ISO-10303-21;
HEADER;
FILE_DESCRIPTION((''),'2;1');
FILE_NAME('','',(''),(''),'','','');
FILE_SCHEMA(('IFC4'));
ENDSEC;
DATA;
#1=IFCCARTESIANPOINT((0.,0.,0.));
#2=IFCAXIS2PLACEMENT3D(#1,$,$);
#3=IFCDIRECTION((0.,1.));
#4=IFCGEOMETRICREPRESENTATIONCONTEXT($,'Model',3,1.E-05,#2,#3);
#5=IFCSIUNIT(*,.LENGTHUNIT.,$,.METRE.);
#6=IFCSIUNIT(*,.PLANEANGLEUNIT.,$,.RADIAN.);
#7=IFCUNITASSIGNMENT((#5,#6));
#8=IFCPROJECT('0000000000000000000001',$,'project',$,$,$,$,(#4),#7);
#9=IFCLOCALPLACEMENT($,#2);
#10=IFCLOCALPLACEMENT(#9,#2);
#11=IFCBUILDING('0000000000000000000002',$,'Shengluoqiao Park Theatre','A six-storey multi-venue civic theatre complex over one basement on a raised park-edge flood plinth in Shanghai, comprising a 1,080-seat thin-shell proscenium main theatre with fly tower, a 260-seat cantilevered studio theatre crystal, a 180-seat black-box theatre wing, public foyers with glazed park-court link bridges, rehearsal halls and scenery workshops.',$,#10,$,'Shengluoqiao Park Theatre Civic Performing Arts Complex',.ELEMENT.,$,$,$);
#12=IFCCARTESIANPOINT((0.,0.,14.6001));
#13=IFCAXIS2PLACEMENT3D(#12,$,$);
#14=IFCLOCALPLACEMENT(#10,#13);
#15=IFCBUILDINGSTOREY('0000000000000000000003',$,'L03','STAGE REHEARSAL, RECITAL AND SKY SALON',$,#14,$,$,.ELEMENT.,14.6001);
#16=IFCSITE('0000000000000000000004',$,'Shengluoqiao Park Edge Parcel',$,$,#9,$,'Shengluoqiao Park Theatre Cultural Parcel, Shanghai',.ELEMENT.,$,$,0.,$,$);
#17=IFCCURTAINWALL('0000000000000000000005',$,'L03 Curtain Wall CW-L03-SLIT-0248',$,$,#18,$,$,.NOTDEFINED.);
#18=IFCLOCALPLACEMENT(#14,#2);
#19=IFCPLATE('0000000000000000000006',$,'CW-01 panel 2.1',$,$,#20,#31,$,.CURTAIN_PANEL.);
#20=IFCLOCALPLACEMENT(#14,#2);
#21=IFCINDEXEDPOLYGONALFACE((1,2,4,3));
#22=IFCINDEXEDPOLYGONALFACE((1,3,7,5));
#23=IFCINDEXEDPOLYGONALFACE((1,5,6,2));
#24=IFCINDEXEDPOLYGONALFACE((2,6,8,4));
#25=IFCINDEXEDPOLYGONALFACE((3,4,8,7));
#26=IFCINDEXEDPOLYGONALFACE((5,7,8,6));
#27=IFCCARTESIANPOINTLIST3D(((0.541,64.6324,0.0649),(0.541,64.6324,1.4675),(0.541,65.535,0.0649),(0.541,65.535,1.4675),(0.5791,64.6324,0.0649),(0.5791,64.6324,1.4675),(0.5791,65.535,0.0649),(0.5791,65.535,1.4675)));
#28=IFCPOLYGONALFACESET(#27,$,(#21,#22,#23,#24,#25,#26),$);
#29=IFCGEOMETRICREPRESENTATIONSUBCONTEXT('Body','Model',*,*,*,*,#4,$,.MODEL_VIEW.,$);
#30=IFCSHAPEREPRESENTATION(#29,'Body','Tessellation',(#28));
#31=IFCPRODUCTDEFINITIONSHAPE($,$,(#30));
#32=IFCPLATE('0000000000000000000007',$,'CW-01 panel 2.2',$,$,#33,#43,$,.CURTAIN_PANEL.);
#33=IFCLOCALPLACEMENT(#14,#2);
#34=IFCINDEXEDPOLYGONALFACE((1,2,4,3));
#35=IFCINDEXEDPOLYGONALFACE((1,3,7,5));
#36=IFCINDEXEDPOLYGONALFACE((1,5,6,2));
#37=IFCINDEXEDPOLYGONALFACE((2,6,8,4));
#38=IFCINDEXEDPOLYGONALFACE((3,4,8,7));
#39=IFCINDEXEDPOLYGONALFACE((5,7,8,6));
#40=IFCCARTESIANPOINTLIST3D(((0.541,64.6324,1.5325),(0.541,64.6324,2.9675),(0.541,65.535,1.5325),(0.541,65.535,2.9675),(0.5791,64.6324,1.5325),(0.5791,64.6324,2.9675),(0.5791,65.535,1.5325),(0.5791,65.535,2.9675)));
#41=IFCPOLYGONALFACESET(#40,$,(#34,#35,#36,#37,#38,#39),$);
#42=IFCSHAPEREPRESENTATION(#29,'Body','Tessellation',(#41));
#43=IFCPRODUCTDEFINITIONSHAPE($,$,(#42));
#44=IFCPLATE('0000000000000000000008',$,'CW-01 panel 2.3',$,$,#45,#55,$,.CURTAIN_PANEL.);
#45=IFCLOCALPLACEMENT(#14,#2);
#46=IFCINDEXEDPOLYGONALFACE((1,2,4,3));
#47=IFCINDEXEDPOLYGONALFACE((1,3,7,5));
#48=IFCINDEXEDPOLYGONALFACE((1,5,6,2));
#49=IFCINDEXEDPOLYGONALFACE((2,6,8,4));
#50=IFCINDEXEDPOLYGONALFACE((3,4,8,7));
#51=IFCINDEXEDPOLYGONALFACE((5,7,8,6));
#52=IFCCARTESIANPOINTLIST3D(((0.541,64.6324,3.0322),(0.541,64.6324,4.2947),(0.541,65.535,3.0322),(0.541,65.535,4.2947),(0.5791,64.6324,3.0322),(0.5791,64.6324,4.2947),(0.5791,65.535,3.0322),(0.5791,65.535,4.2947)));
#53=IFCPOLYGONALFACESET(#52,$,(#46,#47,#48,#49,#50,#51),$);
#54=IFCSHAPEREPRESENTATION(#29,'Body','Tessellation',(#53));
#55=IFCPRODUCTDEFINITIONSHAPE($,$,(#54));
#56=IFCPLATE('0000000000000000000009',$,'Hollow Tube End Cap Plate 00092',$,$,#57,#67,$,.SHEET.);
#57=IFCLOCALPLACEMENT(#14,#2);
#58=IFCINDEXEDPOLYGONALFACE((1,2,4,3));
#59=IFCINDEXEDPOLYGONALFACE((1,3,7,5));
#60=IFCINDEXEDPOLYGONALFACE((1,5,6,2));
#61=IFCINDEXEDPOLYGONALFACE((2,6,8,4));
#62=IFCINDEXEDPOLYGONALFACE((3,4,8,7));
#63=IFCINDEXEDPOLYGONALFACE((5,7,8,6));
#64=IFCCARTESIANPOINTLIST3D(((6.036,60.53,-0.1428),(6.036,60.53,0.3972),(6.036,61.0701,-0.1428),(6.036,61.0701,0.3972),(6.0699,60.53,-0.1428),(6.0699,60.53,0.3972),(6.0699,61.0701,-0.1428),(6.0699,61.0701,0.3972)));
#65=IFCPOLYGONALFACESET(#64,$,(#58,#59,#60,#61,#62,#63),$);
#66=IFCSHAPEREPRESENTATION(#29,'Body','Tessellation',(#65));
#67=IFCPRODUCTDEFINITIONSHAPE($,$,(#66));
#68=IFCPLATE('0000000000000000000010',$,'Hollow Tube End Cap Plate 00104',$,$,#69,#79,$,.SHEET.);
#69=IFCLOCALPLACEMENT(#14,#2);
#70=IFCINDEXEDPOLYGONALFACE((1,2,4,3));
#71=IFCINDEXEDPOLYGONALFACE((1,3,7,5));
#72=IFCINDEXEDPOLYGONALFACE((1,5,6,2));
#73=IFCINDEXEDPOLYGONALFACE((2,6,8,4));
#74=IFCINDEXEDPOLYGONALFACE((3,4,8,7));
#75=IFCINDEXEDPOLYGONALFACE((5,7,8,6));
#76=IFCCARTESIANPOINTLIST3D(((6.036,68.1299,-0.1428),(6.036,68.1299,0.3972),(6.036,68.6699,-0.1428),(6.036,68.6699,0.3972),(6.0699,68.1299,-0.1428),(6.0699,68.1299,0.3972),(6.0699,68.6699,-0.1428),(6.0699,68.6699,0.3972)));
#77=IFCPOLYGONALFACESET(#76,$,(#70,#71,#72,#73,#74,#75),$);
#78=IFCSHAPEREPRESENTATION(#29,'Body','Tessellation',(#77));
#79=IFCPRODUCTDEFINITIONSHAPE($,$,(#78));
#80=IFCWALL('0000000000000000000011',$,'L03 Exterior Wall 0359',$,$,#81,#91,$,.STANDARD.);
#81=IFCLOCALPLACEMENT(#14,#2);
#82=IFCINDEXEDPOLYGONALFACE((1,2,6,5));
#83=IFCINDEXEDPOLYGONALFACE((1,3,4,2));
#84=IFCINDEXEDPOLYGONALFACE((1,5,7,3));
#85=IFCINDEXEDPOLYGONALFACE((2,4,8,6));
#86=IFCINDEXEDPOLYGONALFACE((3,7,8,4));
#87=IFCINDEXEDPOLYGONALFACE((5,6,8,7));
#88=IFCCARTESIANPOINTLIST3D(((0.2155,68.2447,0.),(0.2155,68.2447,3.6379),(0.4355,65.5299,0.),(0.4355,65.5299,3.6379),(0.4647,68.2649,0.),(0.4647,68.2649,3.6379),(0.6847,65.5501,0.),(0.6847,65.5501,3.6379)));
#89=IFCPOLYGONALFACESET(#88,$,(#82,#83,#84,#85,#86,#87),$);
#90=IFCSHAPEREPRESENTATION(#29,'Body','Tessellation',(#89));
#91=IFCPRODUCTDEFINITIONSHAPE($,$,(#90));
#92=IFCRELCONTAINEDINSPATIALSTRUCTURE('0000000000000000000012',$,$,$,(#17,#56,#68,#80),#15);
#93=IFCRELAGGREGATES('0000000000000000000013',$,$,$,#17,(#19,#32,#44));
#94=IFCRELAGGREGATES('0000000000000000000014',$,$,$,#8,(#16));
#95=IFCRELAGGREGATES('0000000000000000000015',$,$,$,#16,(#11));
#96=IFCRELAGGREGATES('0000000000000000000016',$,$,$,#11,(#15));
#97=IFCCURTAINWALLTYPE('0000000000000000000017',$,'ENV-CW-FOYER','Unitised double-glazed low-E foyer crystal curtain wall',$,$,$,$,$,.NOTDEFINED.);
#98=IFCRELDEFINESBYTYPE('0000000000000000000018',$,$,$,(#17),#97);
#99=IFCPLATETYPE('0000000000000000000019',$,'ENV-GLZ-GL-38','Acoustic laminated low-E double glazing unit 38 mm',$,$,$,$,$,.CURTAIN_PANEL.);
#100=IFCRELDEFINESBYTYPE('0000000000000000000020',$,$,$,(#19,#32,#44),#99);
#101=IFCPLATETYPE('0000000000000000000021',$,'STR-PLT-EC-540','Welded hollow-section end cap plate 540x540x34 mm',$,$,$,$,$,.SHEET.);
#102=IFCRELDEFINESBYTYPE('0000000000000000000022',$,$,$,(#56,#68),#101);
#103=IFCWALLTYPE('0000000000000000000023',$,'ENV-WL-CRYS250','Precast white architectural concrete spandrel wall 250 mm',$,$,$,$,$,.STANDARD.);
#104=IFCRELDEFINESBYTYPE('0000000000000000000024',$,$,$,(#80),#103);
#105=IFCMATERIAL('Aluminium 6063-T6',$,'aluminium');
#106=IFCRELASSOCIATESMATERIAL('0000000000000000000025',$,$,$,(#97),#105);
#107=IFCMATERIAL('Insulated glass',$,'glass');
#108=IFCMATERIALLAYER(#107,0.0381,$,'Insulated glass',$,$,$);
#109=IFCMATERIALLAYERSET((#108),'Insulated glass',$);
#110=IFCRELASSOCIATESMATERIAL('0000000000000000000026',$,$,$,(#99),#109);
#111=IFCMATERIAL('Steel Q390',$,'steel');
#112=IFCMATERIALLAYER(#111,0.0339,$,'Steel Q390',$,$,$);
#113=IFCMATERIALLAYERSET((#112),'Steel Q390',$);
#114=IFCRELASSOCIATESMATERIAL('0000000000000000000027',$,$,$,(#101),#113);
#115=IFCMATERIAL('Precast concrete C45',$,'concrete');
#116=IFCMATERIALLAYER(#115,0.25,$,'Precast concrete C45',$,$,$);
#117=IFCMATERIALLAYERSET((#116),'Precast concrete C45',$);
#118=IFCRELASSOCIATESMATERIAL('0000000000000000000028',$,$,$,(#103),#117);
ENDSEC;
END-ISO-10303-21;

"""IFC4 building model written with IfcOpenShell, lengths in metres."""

from ifc_helpers import new_model, si_unit, direction, frame, frame_2d, origin, origin_2d, place, context, subcontext, project, spatial, rectangle, extrude, material, layer, layer_set, type_object, element, aggregate, save


model = new_model("IFC4")

# Units and contexts
model_context = context("Model", 3, precision=1e-05, world=origin(), true_north=direction((0.0, 1.0)))
body_context = subcontext(model_context, "Body", "Model", "MODEL_VIEW")
ifc_project = project(units=[si_unit("LENGTHUNIT", "METRE"), si_unit("PLANEANGLEUNIT", "RADIAN")], contexts=[model_context])

# Site, building, storey
site_placement = place(None, origin())
site = spatial("IfcSite", under=ifc_project, at=site_placement, Name="Shengluoqiao Park Edge Parcel", LongName="Shengluoqiao Park Theatre Cultural Parcel, Shanghai", CompositionType="ELEMENT", RefElevation=0.0)
building_placement = place(site_placement, origin())
building = spatial("IfcBuilding", under=site, at=building_placement, Name="Shengluoqiao Park Theatre", Description="A six-storey multi-venue civic theatre complex over one basement on a raised park-edge flood plinth in Shanghai, comprising a 1,080-seat thin-shell proscenium main theatre with fly tower, a 260-seat cantilevered studio theatre crystal, a 180-seat black-box theatre wing, public foyers with glazed park-court link bridges, rehearsal halls and scenery workshops.", LongName="Shengluoqiao Park Theatre Civic Performing Arts Complex", CompositionType="ELEMENT")
storey_placement = place(building_placement, frame((0.0, 0.0, 14.6001)))
storey = spatial("IfcBuildingStorey", under=building, at=storey_placement, Name="L03", Description="STAGE REHEARSAL, RECITAL AND SKY SALON", CompositionType="ELEMENT", Elevation=14.6001)

# Curtain wall
ifc_material_1 = material(Name="Aluminium 6063-T6", Category="aluminium")
curtain_wall_type = type_object("IfcCurtainWallType", Name="ENV-CW-FOYER", Description="Unitised double-glazed low-E foyer crystal curtain wall", PredefinedType="NOTDEFINED", material=ifc_material_1)
curtain_wall_1_placement = place(storey_placement, origin())
curtain_wall_1 = element("IfcCurtainWall", 1, at=curtain_wall_1_placement, inside=storey, type_object=curtain_wall_type, Name="L03 Curtain Wall CW-L03-SLIT-0248", PredefinedType="NOTDEFINED")

# Plates
ifc_material_2 = material(Name="Insulated glass", Category="glass")
ifc_layer_1 = layer(ifc_material_2, 0.0381, Name="Insulated glass")
ifc_layer_set_1 = layer_set([ifc_layer_1], Name="Insulated glass")
plate_type_1 = type_object("IfcPlateType", Name="ENV-GLZ-GL-38", Description="Acoustic laminated low-E double glazing unit 38 mm", PredefinedType="CURTAIN_PANEL", material=ifc_layer_set_1)
plate_1_placement = place(storey_placement, frame((0.5601, 65.0837, 0.0649), z_axis=(0.0, 0.0, 1.0), x_axis=(0.0, 1.0, 0.0)))
plate_1 = element("IfcPlate", 2, at=plate_1_placement, type_object=plate_type_1, Name="CW-01 panel 2.1", PredefinedType="CURTAIN_PANEL", context=body_context, shape_type="SweptSolid", body=[
    extrude(rectangle(XDim=0.9026, YDim=0.0381, at=origin_2d()), origin(), (0.0, 0.0, 1.0), 1.4026),
])
plate_2_placement = place(storey_placement, frame((0.5601, 65.0837, 1.5325), z_axis=(0.0, 0.0, 1.0), x_axis=(0.0, 1.0, 0.0)))
plate_2 = element("IfcPlate", 3, at=plate_2_placement, type_object=plate_type_1, Name="CW-01 panel 2.2", PredefinedType="CURTAIN_PANEL", context=body_context, shape_type="SweptSolid", body=[
    extrude(rectangle(XDim=0.9026, YDim=0.0381, at=origin_2d()), origin(), (0.0, 0.0, 1.0), 1.4351),
])
plate_3_placement = place(storey_placement, frame((0.5601, 65.0837, 3.0322), z_axis=(0.0, 0.0, 1.0), x_axis=(0.0, 1.0, 0.0)))
plate_3 = element("IfcPlate", 4, at=plate_3_placement, type_object=plate_type_1, Name="CW-01 panel 2.3", PredefinedType="CURTAIN_PANEL", context=body_context, shape_type="SweptSolid", body=[
    extrude(rectangle(XDim=0.9026, YDim=0.0381, at=origin_2d()), origin(), (0.0, 0.0, 1.0), 1.2625),
])
aggregate(curtain_wall_1, [plate_1, plate_2, plate_3])

# Plates
ifc_material_3 = material(Name="Steel Q390", Category="steel")
ifc_layer_2 = layer(ifc_material_3, 0.0339, Name="Steel Q390")
ifc_layer_set_2 = layer_set([ifc_layer_2], Name="Steel Q390")
plate_type_2 = type_object("IfcPlateType", Name="STR-PLT-EC-540", Description="Welded hollow-section end cap plate 540x540x34 mm", PredefinedType="SHEET", material=ifc_layer_set_2)
for number, where, z_axis, x_axis, name in (
    (5, (6.053, 60.8, -0.1428), (0.0, 0.0, 1.0), (-1.0, 0.0, 0.0), "Hollow Tube End Cap Plate 00092"),
    (6, (6.053, 68.3999, -0.1428), (0.0, 0.0, 1.0), (-1.0, 0.0, 0.0), "Hollow Tube End Cap Plate 00104"),
):
    element("IfcPlate", number, at=place(storey_placement, frame(where, z_axis=z_axis, x_axis=x_axis)), inside=storey, type_object=plate_type_2, Name=name, PredefinedType="SHEET", context=body_context, shape_type="SweptSolid", body=[
        extrude(rectangle(XDim=0.0339, YDim=0.54, at=origin_2d()), origin(), (0.0, 0.0, 1.0), 0.54),
    ])

# Wall
ifc_material_4 = material(Name="Precast concrete C45", Category="concrete")
ifc_layer_3 = layer(ifc_material_4, 0.25, Name="Precast concrete C45")
ifc_layer_set_3 = layer_set([ifc_layer_3], Name="Precast concrete C45")
wall_type = type_object("IfcWallType", Name="ENV-WL-CRYS250", Description="Precast white architectural concrete spandrel wall 250 mm", PredefinedType="STANDARD", material=ifc_layer_set_3)
wall_placement = place(storey_placement, frame((0.5601, 65.54, 0.0), z_axis=(0.0, 0.0, 1.0), x_axis=(-0.080761, 0.996734, 0.0)))
element("IfcWall", 7, at=wall_placement, inside=storey, type_object=wall_type, Name="L03 Exterior Wall 0359", PredefinedType="STANDARD", context=body_context, shape_type="SweptSolid", body=[
    extrude(rectangle(XDim=2.7236, YDim=0.25, at=frame_2d((1.3618, 0.0))), origin(), (0.0, 0.0, 1.0), 3.6379),
])

save(model, "model.ifc")
